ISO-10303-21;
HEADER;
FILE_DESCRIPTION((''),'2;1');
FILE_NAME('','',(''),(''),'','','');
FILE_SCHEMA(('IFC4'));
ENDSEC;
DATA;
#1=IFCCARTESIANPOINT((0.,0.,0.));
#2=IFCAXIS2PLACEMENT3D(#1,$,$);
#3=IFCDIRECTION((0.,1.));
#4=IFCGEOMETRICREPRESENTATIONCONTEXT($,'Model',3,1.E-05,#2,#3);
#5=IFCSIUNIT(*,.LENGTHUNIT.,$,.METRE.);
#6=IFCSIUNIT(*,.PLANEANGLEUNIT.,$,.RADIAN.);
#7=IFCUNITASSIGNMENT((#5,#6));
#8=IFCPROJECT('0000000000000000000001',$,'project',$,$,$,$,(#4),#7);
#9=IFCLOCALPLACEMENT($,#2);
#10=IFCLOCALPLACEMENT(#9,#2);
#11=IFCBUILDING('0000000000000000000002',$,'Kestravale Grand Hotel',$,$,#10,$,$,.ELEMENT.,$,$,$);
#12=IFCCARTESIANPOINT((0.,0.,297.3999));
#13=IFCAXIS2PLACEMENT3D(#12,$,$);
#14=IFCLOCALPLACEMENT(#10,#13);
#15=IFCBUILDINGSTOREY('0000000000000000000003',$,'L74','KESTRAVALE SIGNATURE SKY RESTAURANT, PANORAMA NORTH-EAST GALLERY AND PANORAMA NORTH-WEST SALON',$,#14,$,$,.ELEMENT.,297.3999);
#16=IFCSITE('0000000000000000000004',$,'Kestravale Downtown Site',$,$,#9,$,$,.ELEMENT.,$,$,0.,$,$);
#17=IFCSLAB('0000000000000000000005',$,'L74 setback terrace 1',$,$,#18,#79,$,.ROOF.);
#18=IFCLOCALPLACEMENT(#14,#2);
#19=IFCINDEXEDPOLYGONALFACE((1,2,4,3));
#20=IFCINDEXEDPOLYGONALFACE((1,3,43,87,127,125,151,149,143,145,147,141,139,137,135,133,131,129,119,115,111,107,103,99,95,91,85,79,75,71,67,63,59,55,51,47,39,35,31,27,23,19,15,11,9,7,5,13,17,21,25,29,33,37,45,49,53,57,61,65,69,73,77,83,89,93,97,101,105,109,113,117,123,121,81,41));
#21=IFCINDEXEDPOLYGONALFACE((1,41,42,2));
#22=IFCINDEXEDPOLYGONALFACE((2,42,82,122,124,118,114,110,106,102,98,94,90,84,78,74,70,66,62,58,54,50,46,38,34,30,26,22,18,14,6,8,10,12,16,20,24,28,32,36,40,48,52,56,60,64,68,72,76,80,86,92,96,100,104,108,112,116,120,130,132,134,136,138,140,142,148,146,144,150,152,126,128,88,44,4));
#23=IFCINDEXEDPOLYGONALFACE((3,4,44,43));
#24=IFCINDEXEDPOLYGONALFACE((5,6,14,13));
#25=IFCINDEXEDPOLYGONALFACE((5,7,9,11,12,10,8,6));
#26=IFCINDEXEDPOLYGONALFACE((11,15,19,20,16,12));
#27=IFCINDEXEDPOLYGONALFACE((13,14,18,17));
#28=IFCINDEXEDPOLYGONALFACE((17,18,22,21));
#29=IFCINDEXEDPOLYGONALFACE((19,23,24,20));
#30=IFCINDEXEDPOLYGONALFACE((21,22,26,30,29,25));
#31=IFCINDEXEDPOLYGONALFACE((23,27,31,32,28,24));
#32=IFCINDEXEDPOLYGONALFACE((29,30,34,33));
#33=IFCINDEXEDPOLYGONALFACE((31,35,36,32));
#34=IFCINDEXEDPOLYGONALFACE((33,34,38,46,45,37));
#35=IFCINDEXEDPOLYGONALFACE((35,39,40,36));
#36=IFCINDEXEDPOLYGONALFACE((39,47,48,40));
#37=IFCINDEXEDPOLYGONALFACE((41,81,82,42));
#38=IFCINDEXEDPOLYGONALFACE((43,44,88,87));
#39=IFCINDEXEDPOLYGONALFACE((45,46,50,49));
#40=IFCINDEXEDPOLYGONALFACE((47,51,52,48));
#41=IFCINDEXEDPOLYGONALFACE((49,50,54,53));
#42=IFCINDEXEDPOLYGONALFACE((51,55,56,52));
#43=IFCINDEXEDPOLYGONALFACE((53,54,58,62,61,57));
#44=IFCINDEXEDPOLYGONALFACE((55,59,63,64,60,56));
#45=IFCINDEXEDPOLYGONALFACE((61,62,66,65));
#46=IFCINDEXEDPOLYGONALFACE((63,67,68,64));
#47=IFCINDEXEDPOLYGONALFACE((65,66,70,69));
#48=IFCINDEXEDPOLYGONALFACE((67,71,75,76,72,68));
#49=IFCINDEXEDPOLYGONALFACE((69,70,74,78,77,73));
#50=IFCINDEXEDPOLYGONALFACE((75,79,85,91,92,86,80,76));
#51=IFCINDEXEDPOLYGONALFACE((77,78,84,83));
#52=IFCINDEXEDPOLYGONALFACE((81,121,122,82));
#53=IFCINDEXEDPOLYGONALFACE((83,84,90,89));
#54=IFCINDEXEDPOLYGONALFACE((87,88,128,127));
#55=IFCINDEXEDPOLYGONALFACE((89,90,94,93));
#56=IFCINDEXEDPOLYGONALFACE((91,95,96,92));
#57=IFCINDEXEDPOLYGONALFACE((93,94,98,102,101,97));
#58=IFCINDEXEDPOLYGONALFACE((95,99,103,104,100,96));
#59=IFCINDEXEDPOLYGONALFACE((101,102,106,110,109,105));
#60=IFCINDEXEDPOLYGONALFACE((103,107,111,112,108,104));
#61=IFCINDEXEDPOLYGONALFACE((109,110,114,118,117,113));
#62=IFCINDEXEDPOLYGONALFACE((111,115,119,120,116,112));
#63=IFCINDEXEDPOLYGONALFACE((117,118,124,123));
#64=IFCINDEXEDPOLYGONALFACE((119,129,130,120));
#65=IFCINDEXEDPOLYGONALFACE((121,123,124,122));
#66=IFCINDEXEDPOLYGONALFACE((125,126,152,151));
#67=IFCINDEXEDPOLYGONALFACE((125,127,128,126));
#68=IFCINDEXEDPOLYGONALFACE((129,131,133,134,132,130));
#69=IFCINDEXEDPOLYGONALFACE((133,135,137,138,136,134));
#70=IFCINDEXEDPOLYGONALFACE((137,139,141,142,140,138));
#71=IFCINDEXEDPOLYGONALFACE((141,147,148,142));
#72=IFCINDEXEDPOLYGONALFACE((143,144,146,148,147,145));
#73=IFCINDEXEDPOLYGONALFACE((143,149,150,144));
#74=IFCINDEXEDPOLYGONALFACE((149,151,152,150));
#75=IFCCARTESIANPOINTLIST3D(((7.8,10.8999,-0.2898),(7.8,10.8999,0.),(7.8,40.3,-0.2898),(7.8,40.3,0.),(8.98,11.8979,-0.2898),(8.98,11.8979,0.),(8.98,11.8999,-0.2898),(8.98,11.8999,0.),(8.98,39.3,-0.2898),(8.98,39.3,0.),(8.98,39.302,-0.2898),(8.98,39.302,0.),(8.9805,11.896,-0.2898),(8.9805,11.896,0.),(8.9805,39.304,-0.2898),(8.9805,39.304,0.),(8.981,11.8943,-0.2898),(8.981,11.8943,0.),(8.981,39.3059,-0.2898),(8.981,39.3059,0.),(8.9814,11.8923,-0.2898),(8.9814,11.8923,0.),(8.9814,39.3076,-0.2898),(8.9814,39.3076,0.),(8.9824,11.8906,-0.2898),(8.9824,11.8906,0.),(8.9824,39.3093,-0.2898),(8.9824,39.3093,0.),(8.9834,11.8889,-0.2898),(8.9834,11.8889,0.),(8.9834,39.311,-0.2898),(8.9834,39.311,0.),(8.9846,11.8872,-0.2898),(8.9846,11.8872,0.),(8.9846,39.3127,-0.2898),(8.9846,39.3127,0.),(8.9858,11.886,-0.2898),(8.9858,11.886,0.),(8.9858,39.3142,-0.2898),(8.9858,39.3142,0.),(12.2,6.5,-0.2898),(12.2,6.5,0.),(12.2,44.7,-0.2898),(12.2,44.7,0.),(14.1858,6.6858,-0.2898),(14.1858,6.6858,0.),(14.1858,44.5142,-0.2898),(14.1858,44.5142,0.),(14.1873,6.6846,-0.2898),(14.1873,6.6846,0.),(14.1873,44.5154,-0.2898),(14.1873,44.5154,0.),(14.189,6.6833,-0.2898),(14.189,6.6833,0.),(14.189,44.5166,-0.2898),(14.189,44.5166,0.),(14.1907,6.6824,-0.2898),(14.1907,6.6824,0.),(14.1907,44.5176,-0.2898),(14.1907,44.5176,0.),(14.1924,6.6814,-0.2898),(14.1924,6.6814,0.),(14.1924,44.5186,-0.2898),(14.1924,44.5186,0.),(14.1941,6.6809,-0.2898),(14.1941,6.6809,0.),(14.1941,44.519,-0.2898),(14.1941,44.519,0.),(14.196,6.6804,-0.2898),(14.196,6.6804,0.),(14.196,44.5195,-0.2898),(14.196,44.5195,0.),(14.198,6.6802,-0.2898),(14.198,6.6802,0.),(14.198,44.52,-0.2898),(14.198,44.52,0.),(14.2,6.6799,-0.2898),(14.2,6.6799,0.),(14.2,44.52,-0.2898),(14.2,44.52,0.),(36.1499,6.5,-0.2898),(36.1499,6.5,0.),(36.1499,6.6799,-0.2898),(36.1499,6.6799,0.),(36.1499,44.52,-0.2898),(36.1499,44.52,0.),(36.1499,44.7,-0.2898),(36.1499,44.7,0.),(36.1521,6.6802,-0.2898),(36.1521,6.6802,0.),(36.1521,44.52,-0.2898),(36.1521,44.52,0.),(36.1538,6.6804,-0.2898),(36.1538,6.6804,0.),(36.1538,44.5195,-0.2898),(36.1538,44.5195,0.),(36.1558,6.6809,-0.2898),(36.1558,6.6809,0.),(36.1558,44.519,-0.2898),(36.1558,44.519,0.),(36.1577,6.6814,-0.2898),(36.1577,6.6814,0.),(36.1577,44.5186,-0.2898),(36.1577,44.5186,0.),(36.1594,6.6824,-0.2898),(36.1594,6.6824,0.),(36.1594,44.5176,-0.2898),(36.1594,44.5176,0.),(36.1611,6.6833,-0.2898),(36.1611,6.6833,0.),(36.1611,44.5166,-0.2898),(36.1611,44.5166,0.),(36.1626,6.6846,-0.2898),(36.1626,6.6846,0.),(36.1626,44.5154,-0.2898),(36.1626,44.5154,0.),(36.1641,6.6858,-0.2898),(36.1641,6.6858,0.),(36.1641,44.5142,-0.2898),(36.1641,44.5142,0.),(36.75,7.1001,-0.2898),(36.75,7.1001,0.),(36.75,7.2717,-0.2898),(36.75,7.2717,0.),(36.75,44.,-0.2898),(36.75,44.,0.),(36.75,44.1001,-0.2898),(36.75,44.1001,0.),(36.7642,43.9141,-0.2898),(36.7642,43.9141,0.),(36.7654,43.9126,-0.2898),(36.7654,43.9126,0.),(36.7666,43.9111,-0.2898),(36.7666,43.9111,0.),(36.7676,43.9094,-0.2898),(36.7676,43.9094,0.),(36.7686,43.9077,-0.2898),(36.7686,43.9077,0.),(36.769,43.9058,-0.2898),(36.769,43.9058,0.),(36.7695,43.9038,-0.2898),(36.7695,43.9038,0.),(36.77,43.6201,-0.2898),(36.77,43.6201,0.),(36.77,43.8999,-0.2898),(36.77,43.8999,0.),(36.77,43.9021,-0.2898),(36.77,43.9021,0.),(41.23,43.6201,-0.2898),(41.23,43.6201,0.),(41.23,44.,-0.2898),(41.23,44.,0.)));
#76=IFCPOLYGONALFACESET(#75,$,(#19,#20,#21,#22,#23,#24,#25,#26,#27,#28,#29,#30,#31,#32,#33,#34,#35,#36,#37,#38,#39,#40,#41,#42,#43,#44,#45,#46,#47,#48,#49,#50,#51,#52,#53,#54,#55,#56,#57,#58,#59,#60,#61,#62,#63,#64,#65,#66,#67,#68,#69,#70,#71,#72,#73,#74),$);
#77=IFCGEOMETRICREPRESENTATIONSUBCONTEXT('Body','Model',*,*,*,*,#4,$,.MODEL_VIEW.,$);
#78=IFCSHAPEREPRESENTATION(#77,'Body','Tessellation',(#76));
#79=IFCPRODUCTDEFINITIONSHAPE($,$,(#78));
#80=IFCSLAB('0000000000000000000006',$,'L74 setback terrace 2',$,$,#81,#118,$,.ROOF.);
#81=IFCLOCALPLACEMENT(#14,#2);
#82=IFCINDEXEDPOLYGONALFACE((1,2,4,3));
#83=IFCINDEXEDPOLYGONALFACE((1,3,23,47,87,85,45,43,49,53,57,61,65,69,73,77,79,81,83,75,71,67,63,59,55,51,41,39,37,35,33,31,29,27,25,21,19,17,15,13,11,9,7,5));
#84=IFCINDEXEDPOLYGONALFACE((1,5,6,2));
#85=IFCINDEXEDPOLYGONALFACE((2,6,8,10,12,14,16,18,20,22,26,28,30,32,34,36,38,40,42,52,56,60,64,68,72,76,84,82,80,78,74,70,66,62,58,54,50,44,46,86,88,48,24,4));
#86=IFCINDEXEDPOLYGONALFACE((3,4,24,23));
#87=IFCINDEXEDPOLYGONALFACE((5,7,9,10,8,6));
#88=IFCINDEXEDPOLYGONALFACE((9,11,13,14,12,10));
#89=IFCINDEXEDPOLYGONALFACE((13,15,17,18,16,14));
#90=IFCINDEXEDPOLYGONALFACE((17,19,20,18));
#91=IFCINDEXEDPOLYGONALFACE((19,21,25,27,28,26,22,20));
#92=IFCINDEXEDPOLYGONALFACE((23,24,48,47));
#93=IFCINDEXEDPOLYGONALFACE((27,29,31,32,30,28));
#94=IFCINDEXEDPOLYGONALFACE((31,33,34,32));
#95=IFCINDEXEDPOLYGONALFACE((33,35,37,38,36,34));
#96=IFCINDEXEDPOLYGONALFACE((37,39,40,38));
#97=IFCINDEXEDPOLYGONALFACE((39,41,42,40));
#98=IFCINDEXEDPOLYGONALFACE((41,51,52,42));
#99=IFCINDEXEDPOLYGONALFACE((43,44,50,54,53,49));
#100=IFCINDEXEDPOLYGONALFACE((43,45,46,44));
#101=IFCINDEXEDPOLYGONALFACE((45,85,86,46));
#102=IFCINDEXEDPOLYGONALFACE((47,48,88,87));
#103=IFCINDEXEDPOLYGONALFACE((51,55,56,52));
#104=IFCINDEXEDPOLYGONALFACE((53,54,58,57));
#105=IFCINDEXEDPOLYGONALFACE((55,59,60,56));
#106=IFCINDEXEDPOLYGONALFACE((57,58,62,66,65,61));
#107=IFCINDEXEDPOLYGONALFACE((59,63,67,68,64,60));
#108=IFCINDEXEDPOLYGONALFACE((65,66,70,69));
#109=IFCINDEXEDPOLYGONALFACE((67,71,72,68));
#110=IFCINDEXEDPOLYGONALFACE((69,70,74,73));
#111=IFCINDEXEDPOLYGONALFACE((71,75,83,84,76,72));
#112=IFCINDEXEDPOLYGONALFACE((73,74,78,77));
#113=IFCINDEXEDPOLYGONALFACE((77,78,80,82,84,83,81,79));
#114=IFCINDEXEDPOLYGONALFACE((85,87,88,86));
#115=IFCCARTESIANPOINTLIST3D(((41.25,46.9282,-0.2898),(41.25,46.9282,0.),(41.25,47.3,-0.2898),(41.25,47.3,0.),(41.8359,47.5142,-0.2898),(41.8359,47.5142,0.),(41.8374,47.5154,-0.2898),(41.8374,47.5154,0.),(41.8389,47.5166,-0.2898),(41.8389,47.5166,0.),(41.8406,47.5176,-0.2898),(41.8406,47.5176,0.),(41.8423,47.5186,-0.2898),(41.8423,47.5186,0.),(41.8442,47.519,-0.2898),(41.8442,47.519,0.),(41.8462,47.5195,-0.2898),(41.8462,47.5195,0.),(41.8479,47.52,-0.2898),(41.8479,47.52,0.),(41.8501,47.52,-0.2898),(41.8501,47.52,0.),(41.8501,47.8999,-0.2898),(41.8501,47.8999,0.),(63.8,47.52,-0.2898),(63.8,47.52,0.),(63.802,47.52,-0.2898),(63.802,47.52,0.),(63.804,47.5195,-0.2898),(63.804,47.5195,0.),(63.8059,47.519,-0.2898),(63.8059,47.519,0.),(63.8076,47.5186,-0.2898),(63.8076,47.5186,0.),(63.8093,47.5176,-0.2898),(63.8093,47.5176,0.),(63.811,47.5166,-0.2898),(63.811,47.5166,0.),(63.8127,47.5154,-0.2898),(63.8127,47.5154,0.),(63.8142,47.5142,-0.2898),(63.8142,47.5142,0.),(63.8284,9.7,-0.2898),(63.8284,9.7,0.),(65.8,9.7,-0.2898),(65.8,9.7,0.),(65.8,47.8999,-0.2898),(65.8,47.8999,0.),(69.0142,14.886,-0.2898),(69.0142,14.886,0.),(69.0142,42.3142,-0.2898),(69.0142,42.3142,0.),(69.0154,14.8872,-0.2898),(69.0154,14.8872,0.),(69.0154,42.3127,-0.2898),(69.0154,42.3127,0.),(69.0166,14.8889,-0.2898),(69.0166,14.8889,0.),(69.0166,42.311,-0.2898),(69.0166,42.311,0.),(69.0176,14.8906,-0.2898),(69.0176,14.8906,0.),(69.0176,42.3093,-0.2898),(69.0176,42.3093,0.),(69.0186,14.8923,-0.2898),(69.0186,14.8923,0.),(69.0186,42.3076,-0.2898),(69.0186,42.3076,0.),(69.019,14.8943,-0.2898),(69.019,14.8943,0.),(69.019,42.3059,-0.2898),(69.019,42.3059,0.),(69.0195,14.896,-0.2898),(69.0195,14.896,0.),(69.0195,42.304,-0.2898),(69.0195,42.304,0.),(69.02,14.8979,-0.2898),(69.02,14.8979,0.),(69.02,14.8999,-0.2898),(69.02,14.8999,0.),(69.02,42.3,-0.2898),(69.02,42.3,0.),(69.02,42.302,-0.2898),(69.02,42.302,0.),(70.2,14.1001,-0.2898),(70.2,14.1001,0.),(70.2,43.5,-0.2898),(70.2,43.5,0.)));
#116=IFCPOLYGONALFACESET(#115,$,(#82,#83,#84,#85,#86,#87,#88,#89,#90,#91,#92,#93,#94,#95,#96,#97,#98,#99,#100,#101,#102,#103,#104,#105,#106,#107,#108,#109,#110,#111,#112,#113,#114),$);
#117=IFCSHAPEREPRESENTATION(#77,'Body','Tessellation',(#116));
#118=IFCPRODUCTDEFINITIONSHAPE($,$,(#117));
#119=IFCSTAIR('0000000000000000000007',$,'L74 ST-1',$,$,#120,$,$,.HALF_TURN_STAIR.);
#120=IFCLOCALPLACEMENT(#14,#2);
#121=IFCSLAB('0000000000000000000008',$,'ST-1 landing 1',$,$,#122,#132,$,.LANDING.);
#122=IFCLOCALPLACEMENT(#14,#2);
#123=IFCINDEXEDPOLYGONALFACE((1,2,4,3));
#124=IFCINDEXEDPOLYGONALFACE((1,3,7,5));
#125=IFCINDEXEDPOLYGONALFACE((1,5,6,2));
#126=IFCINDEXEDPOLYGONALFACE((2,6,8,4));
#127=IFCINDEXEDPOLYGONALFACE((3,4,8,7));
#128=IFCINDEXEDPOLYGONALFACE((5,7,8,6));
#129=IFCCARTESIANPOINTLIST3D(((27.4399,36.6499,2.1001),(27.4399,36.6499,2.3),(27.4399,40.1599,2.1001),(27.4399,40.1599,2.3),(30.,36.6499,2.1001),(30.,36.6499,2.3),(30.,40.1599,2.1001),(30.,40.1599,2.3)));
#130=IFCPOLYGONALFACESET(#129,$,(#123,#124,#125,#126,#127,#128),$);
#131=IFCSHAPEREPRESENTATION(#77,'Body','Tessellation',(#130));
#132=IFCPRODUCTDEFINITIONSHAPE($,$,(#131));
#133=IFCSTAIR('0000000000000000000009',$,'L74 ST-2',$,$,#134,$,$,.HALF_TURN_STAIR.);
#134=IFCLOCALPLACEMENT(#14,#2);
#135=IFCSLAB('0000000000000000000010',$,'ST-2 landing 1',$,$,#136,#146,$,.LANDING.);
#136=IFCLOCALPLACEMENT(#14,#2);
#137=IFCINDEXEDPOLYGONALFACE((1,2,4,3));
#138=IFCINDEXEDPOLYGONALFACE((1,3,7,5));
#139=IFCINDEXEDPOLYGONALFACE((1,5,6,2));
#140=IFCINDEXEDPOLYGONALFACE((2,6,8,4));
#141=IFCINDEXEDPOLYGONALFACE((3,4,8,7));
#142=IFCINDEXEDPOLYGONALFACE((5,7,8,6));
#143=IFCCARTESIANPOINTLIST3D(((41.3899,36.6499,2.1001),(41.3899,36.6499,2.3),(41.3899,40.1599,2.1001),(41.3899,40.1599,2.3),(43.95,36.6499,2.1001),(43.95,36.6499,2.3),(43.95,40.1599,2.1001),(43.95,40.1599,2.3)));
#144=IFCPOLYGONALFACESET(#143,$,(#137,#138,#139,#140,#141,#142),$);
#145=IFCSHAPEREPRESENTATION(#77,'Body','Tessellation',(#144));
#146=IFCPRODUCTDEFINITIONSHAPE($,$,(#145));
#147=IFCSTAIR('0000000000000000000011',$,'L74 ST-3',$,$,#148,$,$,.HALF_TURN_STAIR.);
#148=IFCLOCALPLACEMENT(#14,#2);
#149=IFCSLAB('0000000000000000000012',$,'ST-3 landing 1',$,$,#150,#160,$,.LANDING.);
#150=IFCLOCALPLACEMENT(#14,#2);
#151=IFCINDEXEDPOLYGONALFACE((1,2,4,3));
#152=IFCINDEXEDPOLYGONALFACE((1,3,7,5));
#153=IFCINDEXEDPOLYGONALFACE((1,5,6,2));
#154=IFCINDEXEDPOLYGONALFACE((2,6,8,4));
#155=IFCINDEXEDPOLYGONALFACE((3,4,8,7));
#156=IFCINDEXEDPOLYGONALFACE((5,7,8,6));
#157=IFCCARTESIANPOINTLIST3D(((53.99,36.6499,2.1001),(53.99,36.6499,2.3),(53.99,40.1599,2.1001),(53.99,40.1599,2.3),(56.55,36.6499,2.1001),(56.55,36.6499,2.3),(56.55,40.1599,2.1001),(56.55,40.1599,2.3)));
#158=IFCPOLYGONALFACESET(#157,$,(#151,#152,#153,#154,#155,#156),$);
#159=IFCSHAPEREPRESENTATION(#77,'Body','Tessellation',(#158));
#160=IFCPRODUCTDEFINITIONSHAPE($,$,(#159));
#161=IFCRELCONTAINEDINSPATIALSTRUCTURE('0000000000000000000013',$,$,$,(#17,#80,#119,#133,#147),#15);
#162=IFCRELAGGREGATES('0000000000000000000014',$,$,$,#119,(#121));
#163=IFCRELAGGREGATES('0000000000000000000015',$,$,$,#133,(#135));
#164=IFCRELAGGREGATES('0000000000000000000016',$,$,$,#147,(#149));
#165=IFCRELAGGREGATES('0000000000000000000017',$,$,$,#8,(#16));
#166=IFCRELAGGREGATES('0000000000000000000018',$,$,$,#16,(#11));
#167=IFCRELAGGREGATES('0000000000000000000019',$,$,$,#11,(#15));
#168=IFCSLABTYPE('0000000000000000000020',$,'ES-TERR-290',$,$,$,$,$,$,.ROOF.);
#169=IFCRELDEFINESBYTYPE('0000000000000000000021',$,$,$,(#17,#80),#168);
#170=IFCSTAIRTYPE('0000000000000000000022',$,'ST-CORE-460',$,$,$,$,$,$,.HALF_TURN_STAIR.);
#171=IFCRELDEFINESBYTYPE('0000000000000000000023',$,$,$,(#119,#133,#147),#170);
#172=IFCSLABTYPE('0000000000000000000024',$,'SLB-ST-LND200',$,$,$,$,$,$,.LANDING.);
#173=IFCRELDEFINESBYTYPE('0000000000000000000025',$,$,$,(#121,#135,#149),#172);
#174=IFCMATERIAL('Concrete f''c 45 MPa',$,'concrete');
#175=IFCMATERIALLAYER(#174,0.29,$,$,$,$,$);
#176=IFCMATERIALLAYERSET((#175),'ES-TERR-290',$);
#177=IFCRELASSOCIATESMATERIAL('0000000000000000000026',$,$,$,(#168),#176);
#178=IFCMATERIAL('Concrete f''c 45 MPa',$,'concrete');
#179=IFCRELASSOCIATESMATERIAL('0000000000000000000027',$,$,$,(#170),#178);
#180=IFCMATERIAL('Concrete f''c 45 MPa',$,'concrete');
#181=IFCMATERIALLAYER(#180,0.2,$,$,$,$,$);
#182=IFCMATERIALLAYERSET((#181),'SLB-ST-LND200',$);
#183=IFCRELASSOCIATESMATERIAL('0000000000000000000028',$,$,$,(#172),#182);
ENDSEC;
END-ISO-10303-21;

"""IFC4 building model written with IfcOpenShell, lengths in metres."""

from ifc_helpers import new_model, si_unit, direction, frame, origin, place, context, subcontext, project, spatial, polyline, outline, extrude, material, layer, layer_set, type_object, element, aggregate, save


model = new_model("IFC4")

# Units and contexts
model_context = context("Model", 3, precision=1e-05, world=origin(), true_north=direction((0.0, 1.0)))
body_context = subcontext(model_context, "Body", "Model", "MODEL_VIEW")
ifc_project = project(units=[si_unit("LENGTHUNIT", "METRE"), si_unit("PLANEANGLEUNIT", "RADIAN")], contexts=[model_context])

# Site, building, storey
site_placement = place(None, origin())
site = spatial("IfcSite", under=ifc_project, at=site_placement, Name="Kestravale Downtown Site", CompositionType="ELEMENT", RefElevation=0.0)
building_placement = place(site_placement, origin())
building = spatial("IfcBuilding", under=site, at=building_placement, Name="Kestravale Grand Hotel", CompositionType="ELEMENT")
storey_placement = place(building_placement, frame((0.0, 0.0, 297.3999)))
storey = spatial("IfcBuildingStorey", under=building, at=storey_placement, Name="L74", Description="KESTRAVALE SIGNATURE SKY RESTAURANT, PANORAMA NORTH-EAST GALLERY AND PANORAMA NORTH-WEST SALON", CompositionType="ELEMENT", Elevation=297.3999)

# Slabs
ifc_material_1 = material(Name="Concrete f'c 45 MPa", Category="concrete")
ifc_layer_1 = layer(ifc_material_1, 0.29)
ifc_layer_set_1 = layer_set([ifc_layer_1], Name="ES-TERR-290")
slab_type_1 = type_object("IfcSlabType", Name="ES-TERR-290", PredefinedType="ROOF", material=ifc_layer_set_1)
slab_1_placement = place(storey_placement, frame((0.0, 0.0, -0.2898)))
element("IfcSlab", 1, at=slab_1_placement, inside=storey, type_object=slab_type_1, Name="L74 setback terrace 1", PredefinedType="ROOF", context=body_context, shape_type="SweptSolid", body=[
    extrude(outline(polyline([(36.75, 7.1001), (36.1499, 6.5), (12.2, 6.5), (7.8, 10.8999), (7.8, 40.3), (12.2, 44.7), (36.1499, 44.7), (36.75, 44.1001), (36.75, 44.0), (41.23, 44.0), (41.23, 43.6201), (36.77, 43.6201), (36.77, 43.8999), (36.77, 43.9021), (36.7695, 43.9038), (36.769, 43.9058), (36.7686, 43.9077), (36.7676, 43.9094), (36.7666, 43.9111), (36.7654, 43.9126), (36.7642, 43.9141), (36.1641, 44.5142), (36.1626, 44.5154), (36.1611, 44.5166), (36.1594, 44.5176), (36.1577, 44.5186), (36.1558, 44.519), (36.1538, 44.5195), (36.1521, 44.52), (36.1499, 44.52), (14.2, 44.52), (14.198, 44.52), (14.196, 44.5195), (14.1941, 44.519), (14.1924, 44.5186), (14.1907, 44.5176), (14.189, 44.5166), (14.1873, 44.5154), (14.1858, 44.5142), (8.9858, 39.3142), (8.9846, 39.3127), (8.9834, 39.311), (8.9824, 39.3093), (8.9814, 39.3076), (8.981, 39.3059), (8.9805, 39.304), (8.98, 39.302), (8.98, 39.3), (8.98, 11.8999), (8.98, 11.8979), (8.9805, 11.896), (8.981, 11.8943), (8.9814, 11.8923), (8.9824, 11.8906), (8.9834, 11.8889), (8.9846, 11.8872), (8.9858, 11.886), (14.1858, 6.6858), (14.1873, 6.6846), (14.189, 6.6833), (14.1907, 6.6824), (14.1924, 6.6814), (14.1941, 6.6809), (14.196, 6.6804), (14.198, 6.6802), (14.2, 6.6799), (36.1499, 6.6799), (36.1521, 6.6802), (36.1538, 6.6804), (36.1558, 6.6809), (36.1577, 6.6814), (36.1594, 6.6824), (36.1611, 6.6833), (36.1626, 6.6846), (36.1641, 6.6858), (36.75, 7.2717), (36.75, 7.1001)])), origin(), (0.0, 0.0, 1.0), 0.2898),
])
slab_2_placement = place(storey_placement, frame((0.0, 0.0, -0.2898)))
element("IfcSlab", 2, at=slab_2_placement, inside=storey, type_object=slab_type_1, Name="L74 setback terrace 2", PredefinedType="ROOF", context=body_context, shape_type="SweptSolid", body=[
    extrude(outline(polyline([(41.25, 47.3), (41.8501, 47.8999), (65.8, 47.8999), (70.2, 43.5), (70.2, 14.1001), (65.8, 9.7), (63.8284, 9.7), (69.0142, 14.886), (69.0154, 14.8872), (69.0166, 14.8889), (69.0176, 14.8906), (69.0186, 14.8923), (69.019, 14.8943), (69.0195, 14.896), (69.02, 14.8979), (69.02, 14.8999), (69.02, 42.3), (69.02, 42.302), (69.0195, 42.304), (69.019, 42.3059), (69.0186, 42.3076), (69.0176, 42.3093), (69.0166, 42.311), (69.0154, 42.3127), (69.0142, 42.3142), (63.8142, 47.5142), (63.8127, 47.5154), (63.811, 47.5166), (63.8093, 47.5176), (63.8076, 47.5186), (63.8059, 47.519), (63.804, 47.5195), (63.802, 47.52), (63.8, 47.52), (41.8501, 47.52), (41.8479, 47.52), (41.8462, 47.5195), (41.8442, 47.519), (41.8423, 47.5186), (41.8406, 47.5176), (41.8389, 47.5166), (41.8374, 47.5154), (41.8359, 47.5142), (41.25, 46.9282), (41.25, 47.3)])), origin(), (0.0, 0.0, 1.0), 0.2898),
])

# Stairs, slabs
ifc_material_2 = material(Name="Concrete f'c 45 MPa", Category="concrete")
stair_type = type_object("IfcStairType", Name="ST-CORE-460", PredefinedType="HALF_TURN_STAIR", material=ifc_material_2)
stair_1_placement = place(storey_placement, origin())
stair_1 = element("IfcStair", 3, at=stair_1_placement, inside=storey, type_object=stair_type, Name="L74 ST-1", PredefinedType="HALF_TURN_STAIR")
ifc_material_3 = material(Name="Concrete f'c 45 MPa", Category="concrete")
ifc_layer_2 = layer(ifc_material_3, 0.2)
ifc_layer_set_2 = layer_set([ifc_layer_2], Name="SLB-ST-LND200")
slab_type_2 = type_object("IfcSlabType", Name="SLB-ST-LND200", PredefinedType="LANDING", material=ifc_layer_set_2)
slab_3_placement = place(storey_placement, frame((0.0, 0.0, 2.1001)))
slab_3 = element("IfcSlab", 4, at=slab_3_placement, type_object=slab_type_2, Name="ST-1 landing 1", PredefinedType="LANDING", context=body_context, shape_type="SweptSolid", body=[
    extrude(outline(polyline([(27.4399, 36.6499), (30.0, 36.6499), (30.0, 40.1599), (27.4399, 40.1599), (27.4399, 36.6499)])), origin(), (0.0, 0.0, 1.0), 0.2),
])
aggregate(stair_1, [slab_3])
stair_2_placement = place(storey_placement, origin())
stair_2 = element("IfcStair", 5, at=stair_2_placement, inside=storey, type_object=stair_type, Name="L74 ST-2", PredefinedType="HALF_TURN_STAIR")
slab_4_placement = place(storey_placement, frame((0.0, 0.0, 2.1001)))
slab_4 = element("IfcSlab", 6, at=slab_4_placement, type_object=slab_type_2, Name="ST-2 landing 1", PredefinedType="LANDING", context=body_context, shape_type="SweptSolid", body=[
    extrude(outline(polyline([(41.3899, 36.6499), (43.95, 36.6499), (43.95, 40.1599), (41.3899, 40.1599), (41.3899, 36.6499)])), origin(), (0.0, 0.0, 1.0), 0.2),
])
aggregate(stair_2, [slab_4])
stair_3_placement = place(storey_placement, origin())
stair_3 = element("IfcStair", 7, at=stair_3_placement, inside=storey, type_object=stair_type, Name="L74 ST-3", PredefinedType="HALF_TURN_STAIR")
slab_5_placement = place(storey_placement, frame((0.0, 0.0, 2.1001)))
slab_5 = element("IfcSlab", 8, at=slab_5_placement, type_object=slab_type_2, Name="ST-3 landing 1", PredefinedType="LANDING", context=body_context, shape_type="SweptSolid", body=[
    extrude(outline(polyline([(53.99, 36.6499), (56.55, 36.6499), (56.55, 40.1599), (53.99, 40.1599), (53.99, 36.6499)])), origin(), (0.0, 0.0, 1.0), 0.2),
])
aggregate(stair_3, [slab_5])

save(model, "model.ifc")
